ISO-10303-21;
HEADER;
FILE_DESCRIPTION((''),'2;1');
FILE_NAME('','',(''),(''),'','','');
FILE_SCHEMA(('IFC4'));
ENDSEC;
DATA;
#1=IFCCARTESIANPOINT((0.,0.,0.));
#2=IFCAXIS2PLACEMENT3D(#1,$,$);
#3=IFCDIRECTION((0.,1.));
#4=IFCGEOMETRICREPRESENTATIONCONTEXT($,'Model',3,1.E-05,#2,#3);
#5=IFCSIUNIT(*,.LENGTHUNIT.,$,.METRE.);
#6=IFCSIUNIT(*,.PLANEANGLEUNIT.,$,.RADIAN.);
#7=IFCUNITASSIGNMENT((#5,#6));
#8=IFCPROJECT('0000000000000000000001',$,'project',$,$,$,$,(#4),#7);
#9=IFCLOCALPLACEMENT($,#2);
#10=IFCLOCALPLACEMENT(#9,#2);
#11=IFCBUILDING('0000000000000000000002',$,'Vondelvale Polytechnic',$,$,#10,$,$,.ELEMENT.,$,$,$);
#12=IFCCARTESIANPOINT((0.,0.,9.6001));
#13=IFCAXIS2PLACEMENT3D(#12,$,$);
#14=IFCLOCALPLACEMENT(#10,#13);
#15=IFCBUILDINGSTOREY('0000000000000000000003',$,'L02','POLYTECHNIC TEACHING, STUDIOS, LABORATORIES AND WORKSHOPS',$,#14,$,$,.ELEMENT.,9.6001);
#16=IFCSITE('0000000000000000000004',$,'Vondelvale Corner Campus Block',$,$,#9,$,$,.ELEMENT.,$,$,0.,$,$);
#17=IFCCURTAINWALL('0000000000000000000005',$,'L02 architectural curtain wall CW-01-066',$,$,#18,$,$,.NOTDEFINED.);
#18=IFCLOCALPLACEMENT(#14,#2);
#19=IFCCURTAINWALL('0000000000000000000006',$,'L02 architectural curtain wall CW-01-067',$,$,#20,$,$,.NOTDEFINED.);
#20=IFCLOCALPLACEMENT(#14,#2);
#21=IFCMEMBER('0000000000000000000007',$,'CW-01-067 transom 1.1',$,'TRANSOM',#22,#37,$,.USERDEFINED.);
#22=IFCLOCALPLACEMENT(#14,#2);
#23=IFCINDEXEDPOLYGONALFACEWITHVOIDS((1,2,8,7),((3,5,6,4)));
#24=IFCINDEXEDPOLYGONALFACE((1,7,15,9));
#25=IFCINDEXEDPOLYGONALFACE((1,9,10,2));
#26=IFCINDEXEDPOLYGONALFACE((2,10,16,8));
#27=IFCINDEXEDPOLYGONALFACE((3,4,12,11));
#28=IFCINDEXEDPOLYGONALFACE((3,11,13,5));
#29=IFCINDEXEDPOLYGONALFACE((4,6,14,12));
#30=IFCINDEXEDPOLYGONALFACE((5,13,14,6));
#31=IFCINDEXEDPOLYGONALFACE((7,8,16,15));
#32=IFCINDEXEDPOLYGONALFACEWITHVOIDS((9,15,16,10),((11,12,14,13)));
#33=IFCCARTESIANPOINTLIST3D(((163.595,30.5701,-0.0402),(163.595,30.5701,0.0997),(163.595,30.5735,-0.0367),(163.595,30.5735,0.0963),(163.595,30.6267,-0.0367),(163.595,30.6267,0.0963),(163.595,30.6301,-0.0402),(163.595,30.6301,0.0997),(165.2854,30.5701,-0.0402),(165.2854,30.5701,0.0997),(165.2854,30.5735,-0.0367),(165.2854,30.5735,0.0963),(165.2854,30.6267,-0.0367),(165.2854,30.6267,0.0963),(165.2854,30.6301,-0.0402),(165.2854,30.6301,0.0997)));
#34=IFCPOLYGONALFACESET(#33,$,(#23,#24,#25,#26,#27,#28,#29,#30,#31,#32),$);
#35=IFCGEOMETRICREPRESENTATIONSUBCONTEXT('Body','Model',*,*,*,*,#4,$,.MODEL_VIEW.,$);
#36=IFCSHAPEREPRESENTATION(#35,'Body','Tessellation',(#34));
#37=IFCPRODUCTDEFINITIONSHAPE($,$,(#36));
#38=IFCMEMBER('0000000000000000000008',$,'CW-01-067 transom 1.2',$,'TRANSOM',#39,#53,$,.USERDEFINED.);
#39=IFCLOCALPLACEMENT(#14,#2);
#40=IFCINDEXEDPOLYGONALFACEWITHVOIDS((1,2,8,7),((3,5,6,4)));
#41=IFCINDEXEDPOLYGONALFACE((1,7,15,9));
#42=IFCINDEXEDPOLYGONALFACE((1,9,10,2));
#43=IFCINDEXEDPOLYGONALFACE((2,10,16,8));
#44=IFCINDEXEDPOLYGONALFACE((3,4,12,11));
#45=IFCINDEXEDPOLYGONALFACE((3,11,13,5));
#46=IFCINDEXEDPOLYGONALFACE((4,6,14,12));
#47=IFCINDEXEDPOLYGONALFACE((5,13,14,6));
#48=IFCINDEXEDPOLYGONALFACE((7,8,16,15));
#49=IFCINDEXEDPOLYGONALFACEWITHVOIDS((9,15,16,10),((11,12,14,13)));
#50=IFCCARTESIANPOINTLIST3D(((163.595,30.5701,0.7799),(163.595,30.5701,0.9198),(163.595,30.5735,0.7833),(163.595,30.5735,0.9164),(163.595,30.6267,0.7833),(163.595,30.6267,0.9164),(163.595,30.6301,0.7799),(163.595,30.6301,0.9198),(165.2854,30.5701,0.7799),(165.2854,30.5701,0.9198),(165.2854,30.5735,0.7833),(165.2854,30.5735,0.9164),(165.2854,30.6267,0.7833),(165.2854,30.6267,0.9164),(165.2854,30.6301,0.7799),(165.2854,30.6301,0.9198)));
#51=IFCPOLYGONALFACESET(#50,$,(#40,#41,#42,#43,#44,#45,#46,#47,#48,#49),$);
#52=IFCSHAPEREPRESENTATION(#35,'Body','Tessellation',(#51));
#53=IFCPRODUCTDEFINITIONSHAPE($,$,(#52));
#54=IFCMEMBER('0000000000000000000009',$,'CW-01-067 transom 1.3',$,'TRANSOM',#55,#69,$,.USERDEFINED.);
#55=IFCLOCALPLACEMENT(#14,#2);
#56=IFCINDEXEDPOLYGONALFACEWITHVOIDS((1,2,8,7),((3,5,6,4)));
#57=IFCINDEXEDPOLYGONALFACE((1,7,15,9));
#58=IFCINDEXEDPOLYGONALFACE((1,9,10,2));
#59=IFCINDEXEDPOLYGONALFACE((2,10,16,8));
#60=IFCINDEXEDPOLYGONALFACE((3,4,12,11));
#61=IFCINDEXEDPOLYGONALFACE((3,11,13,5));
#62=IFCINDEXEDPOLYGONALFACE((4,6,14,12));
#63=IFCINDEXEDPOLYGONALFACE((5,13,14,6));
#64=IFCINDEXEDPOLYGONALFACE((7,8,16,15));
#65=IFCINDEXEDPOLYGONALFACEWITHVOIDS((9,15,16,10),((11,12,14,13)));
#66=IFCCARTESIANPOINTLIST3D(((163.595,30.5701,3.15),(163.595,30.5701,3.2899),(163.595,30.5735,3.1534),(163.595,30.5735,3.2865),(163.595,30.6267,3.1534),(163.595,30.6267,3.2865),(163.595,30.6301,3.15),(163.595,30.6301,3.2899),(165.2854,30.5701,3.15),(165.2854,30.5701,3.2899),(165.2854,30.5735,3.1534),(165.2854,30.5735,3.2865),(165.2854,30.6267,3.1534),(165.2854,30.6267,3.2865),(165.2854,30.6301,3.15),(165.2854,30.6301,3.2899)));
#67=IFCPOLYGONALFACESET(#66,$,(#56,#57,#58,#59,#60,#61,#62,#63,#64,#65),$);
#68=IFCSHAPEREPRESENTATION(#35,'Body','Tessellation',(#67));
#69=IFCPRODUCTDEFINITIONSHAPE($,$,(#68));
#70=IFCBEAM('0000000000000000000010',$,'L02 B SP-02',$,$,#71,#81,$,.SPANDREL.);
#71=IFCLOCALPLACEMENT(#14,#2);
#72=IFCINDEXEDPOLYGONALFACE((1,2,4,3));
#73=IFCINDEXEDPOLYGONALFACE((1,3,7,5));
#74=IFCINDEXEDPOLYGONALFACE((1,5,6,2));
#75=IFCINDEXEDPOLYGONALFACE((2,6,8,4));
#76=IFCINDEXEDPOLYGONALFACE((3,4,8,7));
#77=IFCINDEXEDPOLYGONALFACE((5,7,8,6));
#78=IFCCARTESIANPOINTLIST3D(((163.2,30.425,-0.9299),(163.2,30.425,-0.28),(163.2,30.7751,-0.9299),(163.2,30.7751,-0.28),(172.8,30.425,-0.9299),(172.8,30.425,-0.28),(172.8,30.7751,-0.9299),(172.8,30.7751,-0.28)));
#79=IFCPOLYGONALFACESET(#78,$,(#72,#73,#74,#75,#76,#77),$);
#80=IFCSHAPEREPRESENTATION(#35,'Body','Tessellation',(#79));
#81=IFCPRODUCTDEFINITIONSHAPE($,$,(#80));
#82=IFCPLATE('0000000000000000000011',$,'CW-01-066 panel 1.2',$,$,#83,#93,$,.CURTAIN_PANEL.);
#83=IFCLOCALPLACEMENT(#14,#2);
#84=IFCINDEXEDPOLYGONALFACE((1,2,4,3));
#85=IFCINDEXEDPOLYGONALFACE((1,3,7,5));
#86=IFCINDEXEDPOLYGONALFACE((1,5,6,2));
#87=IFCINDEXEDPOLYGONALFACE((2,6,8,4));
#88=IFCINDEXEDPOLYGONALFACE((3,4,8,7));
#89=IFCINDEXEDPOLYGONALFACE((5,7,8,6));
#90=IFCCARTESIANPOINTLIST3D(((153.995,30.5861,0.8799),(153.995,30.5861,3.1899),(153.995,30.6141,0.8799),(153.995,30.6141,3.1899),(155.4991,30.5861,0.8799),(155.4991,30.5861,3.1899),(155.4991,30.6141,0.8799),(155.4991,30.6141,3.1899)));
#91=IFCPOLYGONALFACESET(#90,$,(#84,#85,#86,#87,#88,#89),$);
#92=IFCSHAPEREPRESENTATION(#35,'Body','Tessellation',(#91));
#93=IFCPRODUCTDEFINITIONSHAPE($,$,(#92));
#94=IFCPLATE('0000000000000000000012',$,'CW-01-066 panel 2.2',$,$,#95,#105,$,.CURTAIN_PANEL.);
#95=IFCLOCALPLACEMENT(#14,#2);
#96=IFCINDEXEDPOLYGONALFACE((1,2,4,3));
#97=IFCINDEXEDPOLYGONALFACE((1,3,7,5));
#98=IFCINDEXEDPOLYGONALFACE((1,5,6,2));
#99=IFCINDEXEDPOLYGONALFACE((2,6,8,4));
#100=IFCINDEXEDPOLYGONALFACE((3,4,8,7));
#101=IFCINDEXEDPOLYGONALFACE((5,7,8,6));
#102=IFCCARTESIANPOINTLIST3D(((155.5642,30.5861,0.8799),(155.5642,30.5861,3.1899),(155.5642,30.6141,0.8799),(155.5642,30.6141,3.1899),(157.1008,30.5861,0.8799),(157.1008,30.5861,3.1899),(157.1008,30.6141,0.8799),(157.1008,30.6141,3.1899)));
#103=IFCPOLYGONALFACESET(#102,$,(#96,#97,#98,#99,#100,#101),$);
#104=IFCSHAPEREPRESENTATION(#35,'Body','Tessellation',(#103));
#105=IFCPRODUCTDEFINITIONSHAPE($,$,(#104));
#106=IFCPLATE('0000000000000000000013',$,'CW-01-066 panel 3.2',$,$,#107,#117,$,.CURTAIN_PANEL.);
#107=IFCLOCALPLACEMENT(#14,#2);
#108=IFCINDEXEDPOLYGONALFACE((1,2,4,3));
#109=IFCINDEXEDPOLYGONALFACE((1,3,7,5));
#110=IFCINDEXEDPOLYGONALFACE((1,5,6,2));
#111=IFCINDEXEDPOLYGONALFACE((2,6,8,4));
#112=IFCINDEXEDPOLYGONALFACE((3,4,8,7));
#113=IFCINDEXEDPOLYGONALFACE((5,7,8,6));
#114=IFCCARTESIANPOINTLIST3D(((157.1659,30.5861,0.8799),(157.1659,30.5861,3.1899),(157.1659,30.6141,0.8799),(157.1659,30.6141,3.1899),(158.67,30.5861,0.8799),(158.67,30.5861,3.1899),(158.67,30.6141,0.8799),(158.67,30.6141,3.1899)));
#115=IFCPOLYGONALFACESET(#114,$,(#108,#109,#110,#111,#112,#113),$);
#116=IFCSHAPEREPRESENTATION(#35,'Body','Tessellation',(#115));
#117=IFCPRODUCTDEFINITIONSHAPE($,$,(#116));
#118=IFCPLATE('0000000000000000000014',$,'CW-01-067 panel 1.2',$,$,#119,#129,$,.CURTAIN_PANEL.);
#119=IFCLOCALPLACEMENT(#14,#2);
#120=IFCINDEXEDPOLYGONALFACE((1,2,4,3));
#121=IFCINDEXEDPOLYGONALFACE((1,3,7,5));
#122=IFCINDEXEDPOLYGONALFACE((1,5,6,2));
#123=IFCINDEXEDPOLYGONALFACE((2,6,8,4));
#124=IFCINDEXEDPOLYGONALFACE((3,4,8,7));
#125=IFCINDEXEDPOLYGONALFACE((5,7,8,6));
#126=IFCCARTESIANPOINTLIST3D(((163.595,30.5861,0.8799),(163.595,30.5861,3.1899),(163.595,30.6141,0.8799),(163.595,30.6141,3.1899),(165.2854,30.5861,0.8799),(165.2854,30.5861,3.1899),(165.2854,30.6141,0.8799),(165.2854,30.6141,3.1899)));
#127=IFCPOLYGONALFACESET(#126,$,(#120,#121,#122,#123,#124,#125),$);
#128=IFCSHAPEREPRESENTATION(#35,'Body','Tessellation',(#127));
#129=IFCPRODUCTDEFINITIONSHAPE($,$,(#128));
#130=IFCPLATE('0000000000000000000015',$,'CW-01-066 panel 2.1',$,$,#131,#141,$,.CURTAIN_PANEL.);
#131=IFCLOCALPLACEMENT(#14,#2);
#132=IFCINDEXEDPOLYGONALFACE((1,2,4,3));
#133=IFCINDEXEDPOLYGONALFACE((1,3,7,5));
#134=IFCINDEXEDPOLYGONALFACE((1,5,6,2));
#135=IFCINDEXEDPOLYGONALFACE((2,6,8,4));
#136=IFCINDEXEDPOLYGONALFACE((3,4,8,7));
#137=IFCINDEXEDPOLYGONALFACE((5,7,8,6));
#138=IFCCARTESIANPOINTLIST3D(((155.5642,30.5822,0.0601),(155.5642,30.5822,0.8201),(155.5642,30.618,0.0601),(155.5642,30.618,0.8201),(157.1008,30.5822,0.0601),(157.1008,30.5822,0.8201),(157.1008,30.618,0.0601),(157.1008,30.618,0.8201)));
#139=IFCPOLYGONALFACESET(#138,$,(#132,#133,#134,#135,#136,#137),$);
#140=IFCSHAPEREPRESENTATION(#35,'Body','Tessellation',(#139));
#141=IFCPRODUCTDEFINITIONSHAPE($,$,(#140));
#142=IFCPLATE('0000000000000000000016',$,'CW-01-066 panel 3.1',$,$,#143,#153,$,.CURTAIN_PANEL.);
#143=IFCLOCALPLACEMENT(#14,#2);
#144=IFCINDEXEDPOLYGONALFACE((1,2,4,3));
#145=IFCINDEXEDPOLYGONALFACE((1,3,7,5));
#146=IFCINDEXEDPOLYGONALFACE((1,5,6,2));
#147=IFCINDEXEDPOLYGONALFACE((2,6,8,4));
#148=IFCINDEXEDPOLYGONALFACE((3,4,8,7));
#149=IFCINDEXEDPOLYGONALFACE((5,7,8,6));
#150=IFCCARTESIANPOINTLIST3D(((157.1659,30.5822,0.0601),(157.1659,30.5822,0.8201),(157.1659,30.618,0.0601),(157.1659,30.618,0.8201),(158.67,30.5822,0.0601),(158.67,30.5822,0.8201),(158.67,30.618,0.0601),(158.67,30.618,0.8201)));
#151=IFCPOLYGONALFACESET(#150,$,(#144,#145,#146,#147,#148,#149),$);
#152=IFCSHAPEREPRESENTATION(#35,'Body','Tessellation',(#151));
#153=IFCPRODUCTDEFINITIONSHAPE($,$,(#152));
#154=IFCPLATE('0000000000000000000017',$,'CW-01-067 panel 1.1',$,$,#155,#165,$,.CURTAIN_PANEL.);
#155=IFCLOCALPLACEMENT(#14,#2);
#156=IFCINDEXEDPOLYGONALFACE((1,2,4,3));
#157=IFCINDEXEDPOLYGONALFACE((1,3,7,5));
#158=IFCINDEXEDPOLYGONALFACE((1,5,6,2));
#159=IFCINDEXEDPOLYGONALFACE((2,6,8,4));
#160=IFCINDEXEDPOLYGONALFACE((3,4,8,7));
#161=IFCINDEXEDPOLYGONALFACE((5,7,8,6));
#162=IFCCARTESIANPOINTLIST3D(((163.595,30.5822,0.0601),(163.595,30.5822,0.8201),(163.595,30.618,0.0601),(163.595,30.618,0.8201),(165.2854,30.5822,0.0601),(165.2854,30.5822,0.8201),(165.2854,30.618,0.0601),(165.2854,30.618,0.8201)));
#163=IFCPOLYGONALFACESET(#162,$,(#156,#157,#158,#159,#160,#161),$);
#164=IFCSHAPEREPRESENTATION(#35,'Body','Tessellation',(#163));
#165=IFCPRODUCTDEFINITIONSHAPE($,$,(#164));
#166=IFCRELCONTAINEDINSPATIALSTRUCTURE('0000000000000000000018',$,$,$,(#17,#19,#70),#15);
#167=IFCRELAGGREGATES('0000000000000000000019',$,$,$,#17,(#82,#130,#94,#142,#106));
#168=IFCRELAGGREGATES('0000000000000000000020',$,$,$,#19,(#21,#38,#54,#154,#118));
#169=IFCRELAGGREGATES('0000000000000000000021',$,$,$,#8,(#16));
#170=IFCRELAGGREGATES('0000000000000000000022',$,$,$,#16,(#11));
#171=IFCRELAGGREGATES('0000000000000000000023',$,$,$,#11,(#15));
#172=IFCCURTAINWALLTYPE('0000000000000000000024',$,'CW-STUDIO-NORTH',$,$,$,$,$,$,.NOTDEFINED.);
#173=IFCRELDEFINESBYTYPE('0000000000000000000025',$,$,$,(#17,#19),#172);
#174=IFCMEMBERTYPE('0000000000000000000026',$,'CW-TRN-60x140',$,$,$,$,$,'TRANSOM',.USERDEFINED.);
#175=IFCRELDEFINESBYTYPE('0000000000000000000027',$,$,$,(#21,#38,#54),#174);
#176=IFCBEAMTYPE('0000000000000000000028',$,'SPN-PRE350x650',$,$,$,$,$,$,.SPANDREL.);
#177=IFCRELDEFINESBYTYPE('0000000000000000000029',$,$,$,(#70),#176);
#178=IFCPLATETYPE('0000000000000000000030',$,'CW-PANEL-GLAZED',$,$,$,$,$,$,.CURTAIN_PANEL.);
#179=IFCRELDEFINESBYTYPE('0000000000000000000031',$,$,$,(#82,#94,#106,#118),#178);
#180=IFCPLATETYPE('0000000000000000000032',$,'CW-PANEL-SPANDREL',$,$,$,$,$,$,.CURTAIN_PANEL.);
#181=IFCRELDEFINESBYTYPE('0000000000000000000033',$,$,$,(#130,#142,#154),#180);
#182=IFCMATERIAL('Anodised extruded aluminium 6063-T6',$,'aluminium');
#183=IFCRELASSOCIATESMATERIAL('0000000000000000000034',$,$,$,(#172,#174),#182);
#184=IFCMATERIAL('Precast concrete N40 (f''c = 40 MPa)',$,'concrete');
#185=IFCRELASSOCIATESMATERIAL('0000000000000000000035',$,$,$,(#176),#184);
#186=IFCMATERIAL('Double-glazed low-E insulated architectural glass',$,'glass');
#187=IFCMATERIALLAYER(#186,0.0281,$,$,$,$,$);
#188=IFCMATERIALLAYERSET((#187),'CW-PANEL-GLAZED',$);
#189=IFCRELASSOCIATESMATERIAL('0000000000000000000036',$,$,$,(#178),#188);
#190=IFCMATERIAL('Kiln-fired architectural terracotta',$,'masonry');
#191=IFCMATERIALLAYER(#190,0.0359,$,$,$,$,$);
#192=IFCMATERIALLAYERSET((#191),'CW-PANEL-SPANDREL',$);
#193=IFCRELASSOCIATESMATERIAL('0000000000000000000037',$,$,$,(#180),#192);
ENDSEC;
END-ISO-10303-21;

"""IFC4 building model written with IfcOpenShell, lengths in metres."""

from ifc_helpers import new_model, si_unit, direction, frame, origin, origin_2d, place, context, subcontext, project, spatial, rectangle, hollow_rectangle, extrude, material, layer, layer_set, material_profile, profile_set, type_object, element, aggregate, save


model = new_model("IFC4")

# Units and contexts
model_context = context("Model", 3, precision=1e-05, world=origin(), true_north=direction((0.0, 1.0)))
body_context = subcontext(model_context, "Body", "Model", "MODEL_VIEW")
ifc_project = project(units=[si_unit("LENGTHUNIT", "METRE"), si_unit("PLANEANGLEUNIT", "RADIAN")], contexts=[model_context])

# Site, building, storey
site_placement = place(None, origin())
site = spatial("IfcSite", under=ifc_project, at=site_placement, Name="Vondelvale Corner Campus Block", CompositionType="ELEMENT", RefElevation=0.0)
building_placement = place(site_placement, origin())
building = spatial("IfcBuilding", under=site, at=building_placement, Name="Vondelvale Polytechnic", CompositionType="ELEMENT")
storey_placement = place(building_placement, frame((0.0, 0.0, 9.6001)))
storey = spatial("IfcBuildingStorey", under=building, at=storey_placement, Name="L02", Description="POLYTECHNIC TEACHING, STUDIOS, LABORATORIES AND WORKSHOPS", CompositionType="ELEMENT", Elevation=9.6001)

# Curtain wall
ifc_material_1 = material(Name="Anodised extruded aluminium 6063-T6", Category="aluminium")
curtain_wall_type = type_object("IfcCurtainWallType", Name="CW-STUDIO-NORTH", PredefinedType="NOTDEFINED", material=ifc_material_1)
curtain_wall_1_placement = place(storey_placement, origin())
curtain_wall_1 = element("IfcCurtainWall", 1, at=curtain_wall_1_placement, inside=storey, type_object=curtain_wall_type, Name="L02 architectural curtain wall CW-01-066", PredefinedType="NOTDEFINED")

# Curtain wall
curtain_wall_2_placement = place(storey_placement, origin())
curtain_wall_2 = element("IfcCurtainWall", 2, at=curtain_wall_2_placement, inside=storey, type_object=curtain_wall_type, Name="L02 architectural curtain wall CW-01-067", PredefinedType="NOTDEFINED")

# Members
ifc_material_profile_1 = material_profile(ifc_material_1, hollow_rectangle(XDim=0.0601, YDim=0.1399, WallThickness=0.0034, at=origin_2d()), Name="CW-TRN-140x60")
ifc_profile_set_1 = profile_set([ifc_material_profile_1], Name="Anodised extruded aluminium 6063-T6")
member_type_1 = type_object("IfcMemberType", Name="CW-TRN-60x140", ElementType="TRANSOM", PredefinedType="USERDEFINED", material=ifc_profile_set_1)
member_1_placement = place(storey_placement, frame((163.595, 30.6001, 0.0298), z_axis=(1.0, 0.0, 0.0), x_axis=(0.0, 1.0, 0.0)))
member_1 = element("IfcMember", 3, at=member_1_placement, type_object=member_type_1, Name="CW-01-067 transom 1.1", ObjectType="TRANSOM", PredefinedType="USERDEFINED", context=body_context, shape_type="SweptSolid", body=[
    extrude(hollow_rectangle(XDim=0.0601, YDim=0.1399, WallThickness=0.0034, at=origin_2d()), origin(), (0.0, 0.0, 1.0), 1.6904),
])
member_2_placement = place(storey_placement, frame((163.595, 30.6001, 0.8499), z_axis=(1.0, 0.0, 0.0), x_axis=(0.0, 1.0, 0.0)))
member_2 = element("IfcMember", 4, at=member_2_placement, type_object=member_type_1, Name="CW-01-067 transom 1.2", ObjectType="TRANSOM", PredefinedType="USERDEFINED", context=body_context, shape_type="SweptSolid", body=[
    extrude(hollow_rectangle(XDim=0.0601, YDim=0.1399, WallThickness=0.0034, at=origin_2d()), origin(), (0.0, 0.0, 1.0), 1.6904),
])
member_3_placement = place(storey_placement, frame((163.595, 30.6001, 3.22), z_axis=(1.0, 0.0, 0.0), x_axis=(0.0, 1.0, 0.0)))
member_3 = element("IfcMember", 5, at=member_3_placement, type_object=member_type_1, Name="CW-01-067 transom 1.3", ObjectType="TRANSOM", PredefinedType="USERDEFINED", context=body_context, shape_type="SweptSolid", body=[
    extrude(hollow_rectangle(XDim=0.0601, YDim=0.1399, WallThickness=0.0034, at=origin_2d()), origin(), (0.0, 0.0, 1.0), 1.6904),
])

# Beam
ifc_material_2 = material(Name="Precast concrete N40 (f'c = 40 MPa)", Category="concrete")
ifc_material_profile_2 = material_profile(ifc_material_2, rectangle(XDim=0.3501, YDim=0.6499, at=origin_2d()), Name="RC-SPN-350x650")
ifc_profile_set_2 = profile_set([ifc_material_profile_2], Name="Precast concrete N40 (f'c = 40 MPa)")
beam_type = type_object("IfcBeamType", Name="SPN-PRE350x650", PredefinedType="SPANDREL", material=ifc_profile_set_2)
beam_placement = place(storey_placement, frame((163.2, 30.6001, -0.605), z_axis=(1.0, 0.0, 0.0), x_axis=(0.0, 1.0, 0.0)))
element("IfcBeam", 6, at=beam_placement, inside=storey, type_object=beam_type, Name="L02 B SP-02", PredefinedType="SPANDREL", context=body_context, shape_type="SweptSolid", body=[
    extrude(rectangle(XDim=0.3501, YDim=0.6499, at=origin_2d()), origin(), (0.0, 0.0, 1.0), 9.6001),
])

# Plates
ifc_material_3 = material(Name="Double-glazed low-E insulated architectural glass", Category="glass")
ifc_layer_1 = layer(ifc_material_3, 0.0281)
ifc_layer_set_1 = layer_set([ifc_layer_1], Name="CW-PANEL-GLAZED")
plate_type_1 = type_object("IfcPlateType", Name="CW-PANEL-GLAZED", PredefinedType="CURTAIN_PANEL", material=ifc_layer_set_1)
plate_1_placement = place(storey_placement, frame((154.7471, 30.6001, 0.8799), z_axis=(0.0, 0.0, 1.0), x_axis=(1.0, 0.0, 0.0)))
plate_1 = element("IfcPlate", 7, at=plate_1_placement, type_object=plate_type_1, Name="CW-01-066 panel 1.2", PredefinedType="CURTAIN_PANEL", context=body_context, shape_type="SweptSolid", body=[
    extrude(rectangle(XDim=1.5042, YDim=0.0281, at=origin_2d()), origin(), (0.0, 0.0, 1.0), 2.3101),
])
plate_2_placement = place(storey_placement, frame((156.3325, 30.6001, 0.8799), z_axis=(0.0, 0.0, 1.0), x_axis=(1.0, 0.0, 0.0)))
plate_2 = element("IfcPlate", 8, at=plate_2_placement, type_object=plate_type_1, Name="CW-01-066 panel 2.2", PredefinedType="CURTAIN_PANEL", context=body_context, shape_type="SweptSolid", body=[
    extrude(rectangle(XDim=1.5366, YDim=0.0281, at=origin_2d()), origin(), (0.0, 0.0, 1.0), 2.3101),
])
plate_3_placement = place(storey_placement, frame((157.918, 30.6001, 0.8799), z_axis=(0.0, 0.0, 1.0), x_axis=(1.0, 0.0, 0.0)))
plate_3 = element("IfcPlate", 9, at=plate_3_placement, type_object=plate_type_1, Name="CW-01-066 panel 3.2", PredefinedType="CURTAIN_PANEL", context=body_context, shape_type="SweptSolid", body=[
    extrude(rectangle(XDim=1.5042, YDim=0.0281, at=origin_2d()), origin(), (0.0, 0.0, 1.0), 2.3101),
])
plate_4_placement = place(storey_placement, frame((164.4402, 30.6001, 0.8799), z_axis=(0.0, 0.0, 1.0), x_axis=(1.0, 0.0, 0.0)))
plate_4 = element("IfcPlate", 10, at=plate_4_placement, type_object=plate_type_1, Name="CW-01-067 panel 1.2", PredefinedType="CURTAIN_PANEL", context=body_context, shape_type="SweptSolid", body=[
    extrude(rectangle(XDim=1.6904, YDim=0.0281, at=origin_2d()), origin(), (0.0, 0.0, 1.0), 2.3101),
])
ifc_material_4 = material(Name="Kiln-fired architectural terracotta", Category="masonry")
ifc_layer_2 = layer(ifc_material_4, 0.0359)
ifc_layer_set_2 = layer_set([ifc_layer_2], Name="CW-PANEL-SPANDREL")
plate_type_2 = type_object("IfcPlateType", Name="CW-PANEL-SPANDREL", PredefinedType="CURTAIN_PANEL", material=ifc_layer_set_2)
plate_5_placement = place(storey_placement, frame((156.3325, 30.6001, 0.0601), z_axis=(0.0, 0.0, 1.0), x_axis=(1.0, 0.0, 0.0)))
plate_5 = element("IfcPlate", 11, at=plate_5_placement, type_object=plate_type_2, Name="CW-01-066 panel 2.1", PredefinedType="CURTAIN_PANEL", context=body_context, shape_type="SweptSolid", body=[
    extrude(rectangle(XDim=1.5366, YDim=0.0359, at=origin_2d()), origin(), (0.0, 0.0, 1.0), 0.76),
])
plate_6_placement = place(storey_placement, frame((157.918, 30.6001, 0.0601), z_axis=(0.0, 0.0, 1.0), x_axis=(1.0, 0.0, 0.0)))
plate_6 = element("IfcPlate", 12, at=plate_6_placement, type_object=plate_type_2, Name="CW-01-066 panel 3.1", PredefinedType="CURTAIN_PANEL", context=body_context, shape_type="SweptSolid", body=[
    extrude(rectangle(XDim=1.5042, YDim=0.0359, at=origin_2d()), origin(), (0.0, 0.0, 1.0), 0.76),
])
aggregate(curtain_wall_1, [plate_1, plate_5, plate_2, plate_6, plate_3])
plate_7_placement = place(storey_placement, frame((164.4402, 30.6001, 0.0601), z_axis=(0.0, 0.0, 1.0), x_axis=(1.0, 0.0, 0.0)))
plate_7 = element("IfcPlate", 13, at=plate_7_placement, type_object=plate_type_2, Name="CW-01-067 panel 1.1", PredefinedType="CURTAIN_PANEL", context=body_context, shape_type="SweptSolid", body=[
    extrude(rectangle(XDim=1.6904, YDim=0.0359, at=origin_2d()), origin(), (0.0, 0.0, 1.0), 0.76),
])
aggregate(curtain_wall_2, [member_1, member_2, member_3, plate_7, plate_4])

save(model, "model.ifc")
